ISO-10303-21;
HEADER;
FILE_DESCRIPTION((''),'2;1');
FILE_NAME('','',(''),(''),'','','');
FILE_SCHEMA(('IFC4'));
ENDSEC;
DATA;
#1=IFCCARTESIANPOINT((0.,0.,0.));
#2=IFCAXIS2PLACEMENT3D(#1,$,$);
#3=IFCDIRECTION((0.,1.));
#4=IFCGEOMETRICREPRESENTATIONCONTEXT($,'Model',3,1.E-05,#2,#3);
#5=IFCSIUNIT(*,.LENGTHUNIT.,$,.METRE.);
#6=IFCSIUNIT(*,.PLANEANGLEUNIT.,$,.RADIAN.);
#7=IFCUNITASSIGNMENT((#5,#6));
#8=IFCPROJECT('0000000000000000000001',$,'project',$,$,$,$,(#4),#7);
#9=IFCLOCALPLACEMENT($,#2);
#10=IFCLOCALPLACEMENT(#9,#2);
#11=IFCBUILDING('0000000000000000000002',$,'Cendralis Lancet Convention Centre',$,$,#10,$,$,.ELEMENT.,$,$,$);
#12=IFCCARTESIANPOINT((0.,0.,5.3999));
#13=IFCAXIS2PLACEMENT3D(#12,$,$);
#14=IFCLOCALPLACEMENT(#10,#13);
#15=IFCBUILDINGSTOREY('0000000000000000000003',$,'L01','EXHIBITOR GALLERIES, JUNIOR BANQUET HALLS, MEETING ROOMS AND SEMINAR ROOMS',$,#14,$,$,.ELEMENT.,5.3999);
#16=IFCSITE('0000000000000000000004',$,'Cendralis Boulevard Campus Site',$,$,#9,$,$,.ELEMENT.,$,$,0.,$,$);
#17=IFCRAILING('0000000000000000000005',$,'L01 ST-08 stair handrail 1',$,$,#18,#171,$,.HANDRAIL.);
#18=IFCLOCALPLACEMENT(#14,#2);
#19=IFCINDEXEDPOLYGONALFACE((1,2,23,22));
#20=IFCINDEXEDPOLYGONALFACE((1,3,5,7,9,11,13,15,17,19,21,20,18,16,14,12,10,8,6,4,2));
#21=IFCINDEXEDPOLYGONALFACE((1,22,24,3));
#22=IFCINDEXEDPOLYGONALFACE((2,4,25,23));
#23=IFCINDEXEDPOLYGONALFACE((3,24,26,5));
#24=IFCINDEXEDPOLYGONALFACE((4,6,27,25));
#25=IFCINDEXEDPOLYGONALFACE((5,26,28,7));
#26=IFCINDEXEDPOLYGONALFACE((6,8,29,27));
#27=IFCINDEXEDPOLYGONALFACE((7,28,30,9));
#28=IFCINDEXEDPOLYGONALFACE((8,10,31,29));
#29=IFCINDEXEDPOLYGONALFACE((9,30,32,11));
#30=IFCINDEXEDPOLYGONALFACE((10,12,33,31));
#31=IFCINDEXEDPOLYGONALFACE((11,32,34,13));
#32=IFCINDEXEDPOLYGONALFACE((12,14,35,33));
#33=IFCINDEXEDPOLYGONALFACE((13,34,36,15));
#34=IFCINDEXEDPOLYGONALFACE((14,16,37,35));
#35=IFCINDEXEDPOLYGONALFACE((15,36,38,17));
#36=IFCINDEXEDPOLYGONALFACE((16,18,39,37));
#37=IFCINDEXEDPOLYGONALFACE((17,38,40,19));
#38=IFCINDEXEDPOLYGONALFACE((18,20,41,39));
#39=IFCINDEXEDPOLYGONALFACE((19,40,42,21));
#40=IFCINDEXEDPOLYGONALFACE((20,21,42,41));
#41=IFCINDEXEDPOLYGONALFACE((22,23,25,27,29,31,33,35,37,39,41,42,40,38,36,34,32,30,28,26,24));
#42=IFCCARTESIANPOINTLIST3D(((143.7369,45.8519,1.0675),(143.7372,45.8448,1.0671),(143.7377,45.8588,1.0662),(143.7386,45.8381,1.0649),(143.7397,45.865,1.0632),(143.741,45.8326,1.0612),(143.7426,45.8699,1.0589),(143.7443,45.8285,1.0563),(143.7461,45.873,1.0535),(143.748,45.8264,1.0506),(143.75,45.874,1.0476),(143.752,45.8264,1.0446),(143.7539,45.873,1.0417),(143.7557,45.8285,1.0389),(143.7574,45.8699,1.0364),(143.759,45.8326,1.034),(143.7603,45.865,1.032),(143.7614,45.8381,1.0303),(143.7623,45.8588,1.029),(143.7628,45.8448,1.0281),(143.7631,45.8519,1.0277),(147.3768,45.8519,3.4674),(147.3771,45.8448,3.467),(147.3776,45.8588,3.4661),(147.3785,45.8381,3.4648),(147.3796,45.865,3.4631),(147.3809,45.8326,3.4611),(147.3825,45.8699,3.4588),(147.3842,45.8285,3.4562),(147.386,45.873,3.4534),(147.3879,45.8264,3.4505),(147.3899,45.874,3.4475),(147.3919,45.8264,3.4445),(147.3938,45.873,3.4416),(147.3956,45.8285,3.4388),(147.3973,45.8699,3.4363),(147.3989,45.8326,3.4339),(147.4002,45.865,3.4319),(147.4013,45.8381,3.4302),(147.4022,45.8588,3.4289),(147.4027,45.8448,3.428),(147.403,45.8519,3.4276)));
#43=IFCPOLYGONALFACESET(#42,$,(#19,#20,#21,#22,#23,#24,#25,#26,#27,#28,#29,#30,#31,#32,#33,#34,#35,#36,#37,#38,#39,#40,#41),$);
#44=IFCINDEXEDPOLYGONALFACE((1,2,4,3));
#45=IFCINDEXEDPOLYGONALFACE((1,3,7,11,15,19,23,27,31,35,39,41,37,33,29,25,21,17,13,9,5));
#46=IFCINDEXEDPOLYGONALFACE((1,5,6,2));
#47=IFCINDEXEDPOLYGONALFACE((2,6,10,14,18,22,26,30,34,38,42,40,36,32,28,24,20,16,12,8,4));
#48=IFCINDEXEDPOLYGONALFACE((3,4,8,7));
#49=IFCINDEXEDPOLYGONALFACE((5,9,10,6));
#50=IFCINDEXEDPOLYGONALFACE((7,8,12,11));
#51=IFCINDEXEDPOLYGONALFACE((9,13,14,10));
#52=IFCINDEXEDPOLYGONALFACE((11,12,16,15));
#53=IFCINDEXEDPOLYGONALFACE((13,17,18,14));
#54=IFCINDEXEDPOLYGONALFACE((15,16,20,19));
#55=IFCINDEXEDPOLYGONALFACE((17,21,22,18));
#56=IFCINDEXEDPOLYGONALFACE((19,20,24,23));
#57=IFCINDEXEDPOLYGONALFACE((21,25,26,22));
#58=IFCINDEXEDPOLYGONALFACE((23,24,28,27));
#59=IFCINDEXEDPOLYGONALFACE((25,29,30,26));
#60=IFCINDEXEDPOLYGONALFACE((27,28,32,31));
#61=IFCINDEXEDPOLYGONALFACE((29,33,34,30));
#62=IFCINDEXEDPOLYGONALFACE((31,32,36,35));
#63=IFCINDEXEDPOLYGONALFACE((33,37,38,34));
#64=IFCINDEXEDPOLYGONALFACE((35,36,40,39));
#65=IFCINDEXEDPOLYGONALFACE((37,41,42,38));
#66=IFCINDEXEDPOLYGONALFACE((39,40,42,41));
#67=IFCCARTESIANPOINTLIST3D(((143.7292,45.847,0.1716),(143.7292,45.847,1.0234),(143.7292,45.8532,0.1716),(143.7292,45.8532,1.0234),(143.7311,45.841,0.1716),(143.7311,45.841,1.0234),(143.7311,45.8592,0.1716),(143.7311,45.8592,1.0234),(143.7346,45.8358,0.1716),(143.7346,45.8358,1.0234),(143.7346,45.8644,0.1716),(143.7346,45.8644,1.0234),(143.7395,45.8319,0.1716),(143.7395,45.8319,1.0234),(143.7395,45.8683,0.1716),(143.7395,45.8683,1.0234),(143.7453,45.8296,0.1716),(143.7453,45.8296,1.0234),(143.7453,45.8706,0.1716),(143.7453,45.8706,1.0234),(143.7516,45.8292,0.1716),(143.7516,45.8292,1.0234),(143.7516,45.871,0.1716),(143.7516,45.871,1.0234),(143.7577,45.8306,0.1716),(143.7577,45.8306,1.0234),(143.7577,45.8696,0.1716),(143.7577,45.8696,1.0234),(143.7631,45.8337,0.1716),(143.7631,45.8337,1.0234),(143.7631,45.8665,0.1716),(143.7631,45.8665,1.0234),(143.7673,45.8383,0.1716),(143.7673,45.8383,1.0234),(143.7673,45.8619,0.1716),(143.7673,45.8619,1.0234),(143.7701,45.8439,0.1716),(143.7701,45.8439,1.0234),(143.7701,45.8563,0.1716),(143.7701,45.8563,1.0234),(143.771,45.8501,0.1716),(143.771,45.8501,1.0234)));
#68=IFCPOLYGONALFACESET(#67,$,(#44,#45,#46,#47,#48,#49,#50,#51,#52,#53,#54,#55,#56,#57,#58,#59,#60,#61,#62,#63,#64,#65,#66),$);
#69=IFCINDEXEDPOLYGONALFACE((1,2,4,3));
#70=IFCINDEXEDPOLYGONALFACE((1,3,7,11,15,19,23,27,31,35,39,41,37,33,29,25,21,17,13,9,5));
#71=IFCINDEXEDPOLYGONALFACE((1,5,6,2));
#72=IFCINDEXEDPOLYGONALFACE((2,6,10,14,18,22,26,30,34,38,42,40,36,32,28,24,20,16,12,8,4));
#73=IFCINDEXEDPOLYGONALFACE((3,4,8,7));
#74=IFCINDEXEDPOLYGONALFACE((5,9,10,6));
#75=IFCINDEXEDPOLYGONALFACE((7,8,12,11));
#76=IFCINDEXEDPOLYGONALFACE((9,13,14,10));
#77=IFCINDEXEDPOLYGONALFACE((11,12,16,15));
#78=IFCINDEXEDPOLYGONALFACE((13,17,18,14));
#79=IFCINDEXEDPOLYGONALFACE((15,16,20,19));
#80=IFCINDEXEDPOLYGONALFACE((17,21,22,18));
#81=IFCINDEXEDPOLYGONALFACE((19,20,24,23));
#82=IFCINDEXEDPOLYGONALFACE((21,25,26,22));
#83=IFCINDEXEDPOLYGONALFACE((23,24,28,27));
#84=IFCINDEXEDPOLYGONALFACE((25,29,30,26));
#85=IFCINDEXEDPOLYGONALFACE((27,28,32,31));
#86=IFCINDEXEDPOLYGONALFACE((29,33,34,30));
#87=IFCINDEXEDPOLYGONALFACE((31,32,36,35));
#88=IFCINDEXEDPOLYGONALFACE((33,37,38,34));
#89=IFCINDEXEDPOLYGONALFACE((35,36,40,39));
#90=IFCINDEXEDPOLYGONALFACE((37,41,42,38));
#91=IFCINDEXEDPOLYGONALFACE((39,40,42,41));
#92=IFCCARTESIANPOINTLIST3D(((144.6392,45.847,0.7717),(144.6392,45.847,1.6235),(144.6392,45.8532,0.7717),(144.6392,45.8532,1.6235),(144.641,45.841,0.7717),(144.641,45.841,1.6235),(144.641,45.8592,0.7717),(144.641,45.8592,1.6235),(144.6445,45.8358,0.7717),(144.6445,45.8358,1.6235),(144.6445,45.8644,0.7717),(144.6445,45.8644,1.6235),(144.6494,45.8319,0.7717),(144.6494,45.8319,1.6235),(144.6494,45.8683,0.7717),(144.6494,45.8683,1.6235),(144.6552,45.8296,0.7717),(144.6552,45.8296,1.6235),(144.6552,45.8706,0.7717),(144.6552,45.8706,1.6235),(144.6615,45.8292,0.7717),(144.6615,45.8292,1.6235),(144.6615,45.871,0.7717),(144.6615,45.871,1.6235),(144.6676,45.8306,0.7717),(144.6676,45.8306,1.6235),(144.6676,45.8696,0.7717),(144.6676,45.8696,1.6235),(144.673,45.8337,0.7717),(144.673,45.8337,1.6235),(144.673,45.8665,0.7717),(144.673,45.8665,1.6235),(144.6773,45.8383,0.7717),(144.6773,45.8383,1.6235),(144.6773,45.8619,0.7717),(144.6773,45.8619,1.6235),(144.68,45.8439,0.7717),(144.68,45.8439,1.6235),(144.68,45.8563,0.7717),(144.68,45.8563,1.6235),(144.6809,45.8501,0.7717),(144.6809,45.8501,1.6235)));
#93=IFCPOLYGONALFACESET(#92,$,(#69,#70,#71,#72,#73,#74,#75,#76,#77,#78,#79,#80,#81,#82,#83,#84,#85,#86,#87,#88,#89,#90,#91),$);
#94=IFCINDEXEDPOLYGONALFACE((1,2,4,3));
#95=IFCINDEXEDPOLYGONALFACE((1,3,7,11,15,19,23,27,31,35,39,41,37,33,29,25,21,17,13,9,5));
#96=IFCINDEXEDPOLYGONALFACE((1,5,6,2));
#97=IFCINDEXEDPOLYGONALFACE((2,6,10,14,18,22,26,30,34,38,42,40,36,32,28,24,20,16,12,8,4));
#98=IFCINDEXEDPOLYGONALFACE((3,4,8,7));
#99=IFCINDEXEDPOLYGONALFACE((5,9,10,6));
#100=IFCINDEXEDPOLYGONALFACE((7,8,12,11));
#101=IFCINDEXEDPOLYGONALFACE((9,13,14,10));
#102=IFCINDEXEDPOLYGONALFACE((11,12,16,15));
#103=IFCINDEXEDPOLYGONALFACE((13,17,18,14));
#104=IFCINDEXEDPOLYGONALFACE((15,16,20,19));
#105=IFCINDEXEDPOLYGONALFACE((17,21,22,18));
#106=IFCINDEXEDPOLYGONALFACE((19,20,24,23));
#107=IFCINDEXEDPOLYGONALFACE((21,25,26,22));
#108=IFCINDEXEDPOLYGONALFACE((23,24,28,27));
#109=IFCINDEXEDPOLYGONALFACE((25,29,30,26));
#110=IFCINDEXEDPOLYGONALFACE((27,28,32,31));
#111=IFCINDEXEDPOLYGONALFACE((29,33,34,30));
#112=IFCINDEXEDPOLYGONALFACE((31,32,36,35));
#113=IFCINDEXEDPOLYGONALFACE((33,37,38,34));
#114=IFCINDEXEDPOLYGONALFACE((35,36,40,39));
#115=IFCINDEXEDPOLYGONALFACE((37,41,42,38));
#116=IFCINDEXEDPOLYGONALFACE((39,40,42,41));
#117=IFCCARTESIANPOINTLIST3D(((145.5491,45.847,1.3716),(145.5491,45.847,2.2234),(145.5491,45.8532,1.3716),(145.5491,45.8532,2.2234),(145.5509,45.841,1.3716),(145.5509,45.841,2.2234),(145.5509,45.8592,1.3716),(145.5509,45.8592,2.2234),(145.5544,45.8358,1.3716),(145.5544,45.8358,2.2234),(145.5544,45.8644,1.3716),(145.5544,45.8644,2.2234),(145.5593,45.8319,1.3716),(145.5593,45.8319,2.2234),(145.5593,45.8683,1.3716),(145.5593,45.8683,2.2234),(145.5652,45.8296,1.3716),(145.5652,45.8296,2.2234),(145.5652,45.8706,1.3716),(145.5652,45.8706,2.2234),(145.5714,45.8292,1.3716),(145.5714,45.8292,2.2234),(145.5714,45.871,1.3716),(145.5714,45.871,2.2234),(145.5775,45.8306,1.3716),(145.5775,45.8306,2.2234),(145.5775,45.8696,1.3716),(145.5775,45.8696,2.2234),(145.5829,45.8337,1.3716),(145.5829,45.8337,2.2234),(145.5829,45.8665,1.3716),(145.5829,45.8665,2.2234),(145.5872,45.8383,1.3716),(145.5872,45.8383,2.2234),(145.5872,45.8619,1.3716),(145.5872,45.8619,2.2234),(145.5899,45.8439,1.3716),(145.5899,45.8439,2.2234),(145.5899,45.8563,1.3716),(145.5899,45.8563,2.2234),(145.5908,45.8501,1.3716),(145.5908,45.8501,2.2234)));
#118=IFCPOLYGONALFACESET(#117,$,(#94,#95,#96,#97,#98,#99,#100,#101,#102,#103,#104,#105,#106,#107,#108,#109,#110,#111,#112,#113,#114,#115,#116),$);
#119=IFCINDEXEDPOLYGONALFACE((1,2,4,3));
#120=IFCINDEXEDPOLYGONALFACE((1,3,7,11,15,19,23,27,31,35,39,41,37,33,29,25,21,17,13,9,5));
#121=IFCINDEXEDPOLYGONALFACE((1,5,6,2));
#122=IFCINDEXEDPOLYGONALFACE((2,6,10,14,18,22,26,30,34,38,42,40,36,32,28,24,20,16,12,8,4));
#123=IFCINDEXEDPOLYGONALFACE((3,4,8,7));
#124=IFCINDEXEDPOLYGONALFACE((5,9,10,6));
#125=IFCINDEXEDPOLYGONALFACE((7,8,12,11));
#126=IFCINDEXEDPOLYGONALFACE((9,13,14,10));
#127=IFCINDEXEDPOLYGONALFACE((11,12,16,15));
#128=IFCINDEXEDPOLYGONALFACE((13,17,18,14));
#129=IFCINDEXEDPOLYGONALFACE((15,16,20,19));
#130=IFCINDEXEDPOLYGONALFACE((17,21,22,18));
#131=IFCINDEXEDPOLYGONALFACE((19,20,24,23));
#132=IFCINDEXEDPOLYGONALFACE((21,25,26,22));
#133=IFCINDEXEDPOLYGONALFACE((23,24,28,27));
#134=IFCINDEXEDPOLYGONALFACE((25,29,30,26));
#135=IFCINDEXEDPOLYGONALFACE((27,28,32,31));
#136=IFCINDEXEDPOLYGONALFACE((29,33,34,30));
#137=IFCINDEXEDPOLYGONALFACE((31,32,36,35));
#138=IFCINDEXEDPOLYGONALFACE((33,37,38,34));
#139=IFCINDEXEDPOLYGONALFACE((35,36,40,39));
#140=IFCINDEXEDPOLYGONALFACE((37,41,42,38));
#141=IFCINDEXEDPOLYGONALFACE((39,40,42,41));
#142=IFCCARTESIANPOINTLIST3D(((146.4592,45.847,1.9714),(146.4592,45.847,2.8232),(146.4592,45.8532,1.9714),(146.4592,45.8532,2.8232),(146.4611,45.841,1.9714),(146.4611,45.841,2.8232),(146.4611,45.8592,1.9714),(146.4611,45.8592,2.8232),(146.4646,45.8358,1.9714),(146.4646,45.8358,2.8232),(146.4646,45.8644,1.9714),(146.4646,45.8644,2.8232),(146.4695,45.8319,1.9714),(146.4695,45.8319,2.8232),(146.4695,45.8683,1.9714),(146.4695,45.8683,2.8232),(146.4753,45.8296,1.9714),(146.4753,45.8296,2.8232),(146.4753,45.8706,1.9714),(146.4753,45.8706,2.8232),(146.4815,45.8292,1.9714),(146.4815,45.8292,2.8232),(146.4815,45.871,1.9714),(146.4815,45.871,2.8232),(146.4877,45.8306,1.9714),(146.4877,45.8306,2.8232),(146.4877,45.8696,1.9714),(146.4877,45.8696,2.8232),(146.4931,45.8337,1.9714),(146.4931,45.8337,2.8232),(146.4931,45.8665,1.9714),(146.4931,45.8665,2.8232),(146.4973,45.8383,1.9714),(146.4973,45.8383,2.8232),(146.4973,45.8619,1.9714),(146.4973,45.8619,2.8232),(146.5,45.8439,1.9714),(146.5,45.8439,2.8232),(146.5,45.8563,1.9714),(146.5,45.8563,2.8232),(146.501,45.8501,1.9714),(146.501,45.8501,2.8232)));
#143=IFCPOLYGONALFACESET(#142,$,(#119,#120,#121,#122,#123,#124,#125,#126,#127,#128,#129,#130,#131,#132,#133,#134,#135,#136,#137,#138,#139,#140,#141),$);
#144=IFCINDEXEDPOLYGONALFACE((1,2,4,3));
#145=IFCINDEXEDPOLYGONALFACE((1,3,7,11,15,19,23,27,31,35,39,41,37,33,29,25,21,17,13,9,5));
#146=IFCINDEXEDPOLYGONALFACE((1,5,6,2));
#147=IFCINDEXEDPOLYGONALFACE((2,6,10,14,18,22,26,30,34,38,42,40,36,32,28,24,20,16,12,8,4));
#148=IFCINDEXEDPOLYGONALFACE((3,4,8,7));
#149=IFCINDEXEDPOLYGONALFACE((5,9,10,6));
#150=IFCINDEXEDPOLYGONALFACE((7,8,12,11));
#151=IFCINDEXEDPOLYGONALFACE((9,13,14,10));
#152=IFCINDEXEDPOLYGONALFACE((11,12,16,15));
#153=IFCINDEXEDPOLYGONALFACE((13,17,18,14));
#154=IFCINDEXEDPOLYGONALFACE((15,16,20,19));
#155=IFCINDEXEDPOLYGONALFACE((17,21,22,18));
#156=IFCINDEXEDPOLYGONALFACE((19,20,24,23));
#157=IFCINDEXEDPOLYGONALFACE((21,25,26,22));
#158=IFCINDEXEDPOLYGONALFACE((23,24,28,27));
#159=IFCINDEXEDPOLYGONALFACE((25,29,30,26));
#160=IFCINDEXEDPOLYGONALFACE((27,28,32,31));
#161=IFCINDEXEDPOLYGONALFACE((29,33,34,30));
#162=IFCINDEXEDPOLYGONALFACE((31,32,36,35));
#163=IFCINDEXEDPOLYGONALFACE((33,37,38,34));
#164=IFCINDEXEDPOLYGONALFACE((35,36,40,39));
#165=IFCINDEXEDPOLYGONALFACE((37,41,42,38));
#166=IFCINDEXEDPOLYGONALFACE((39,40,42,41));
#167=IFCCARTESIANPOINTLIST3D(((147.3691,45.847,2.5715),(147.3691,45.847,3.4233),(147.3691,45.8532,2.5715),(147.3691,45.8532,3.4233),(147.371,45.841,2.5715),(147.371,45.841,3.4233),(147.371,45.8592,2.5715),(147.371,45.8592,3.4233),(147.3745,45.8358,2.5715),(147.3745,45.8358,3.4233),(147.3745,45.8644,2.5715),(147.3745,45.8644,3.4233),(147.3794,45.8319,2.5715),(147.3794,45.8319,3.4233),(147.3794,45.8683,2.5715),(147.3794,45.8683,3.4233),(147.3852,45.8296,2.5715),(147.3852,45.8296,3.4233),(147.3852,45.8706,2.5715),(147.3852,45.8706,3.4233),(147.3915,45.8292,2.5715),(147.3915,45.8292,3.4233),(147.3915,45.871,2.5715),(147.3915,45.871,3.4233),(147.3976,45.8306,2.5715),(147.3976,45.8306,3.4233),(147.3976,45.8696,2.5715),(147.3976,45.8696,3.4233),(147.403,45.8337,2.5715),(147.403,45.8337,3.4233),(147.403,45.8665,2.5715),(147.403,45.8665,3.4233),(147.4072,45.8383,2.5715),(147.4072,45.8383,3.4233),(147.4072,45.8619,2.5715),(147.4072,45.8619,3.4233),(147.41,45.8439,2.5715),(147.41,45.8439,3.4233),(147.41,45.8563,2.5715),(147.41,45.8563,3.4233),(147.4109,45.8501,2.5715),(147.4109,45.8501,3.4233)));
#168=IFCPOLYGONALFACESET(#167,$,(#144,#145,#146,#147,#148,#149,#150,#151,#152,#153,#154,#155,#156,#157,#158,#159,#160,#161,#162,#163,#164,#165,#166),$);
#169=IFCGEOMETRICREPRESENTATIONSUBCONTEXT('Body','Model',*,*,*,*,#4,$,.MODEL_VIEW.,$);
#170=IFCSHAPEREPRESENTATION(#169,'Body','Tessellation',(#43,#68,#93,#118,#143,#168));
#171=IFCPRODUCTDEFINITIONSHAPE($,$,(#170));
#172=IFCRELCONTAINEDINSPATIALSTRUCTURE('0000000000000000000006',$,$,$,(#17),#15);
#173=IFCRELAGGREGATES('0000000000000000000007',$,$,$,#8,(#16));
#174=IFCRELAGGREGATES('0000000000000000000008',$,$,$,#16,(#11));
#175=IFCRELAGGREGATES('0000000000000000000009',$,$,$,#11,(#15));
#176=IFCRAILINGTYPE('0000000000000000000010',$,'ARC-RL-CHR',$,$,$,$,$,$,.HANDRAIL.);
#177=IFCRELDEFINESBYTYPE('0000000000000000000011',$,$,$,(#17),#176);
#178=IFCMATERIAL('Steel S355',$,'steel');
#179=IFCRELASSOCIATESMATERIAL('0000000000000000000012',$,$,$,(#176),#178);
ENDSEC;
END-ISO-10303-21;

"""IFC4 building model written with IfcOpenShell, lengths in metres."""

from ifc_helpers import new_model, si_unit, direction, frame, origin, origin_2d, place, context, subcontext, project, spatial, circle, extrude, material, type_object, element, save


model = new_model("IFC4")

# Units and contexts
model_context = context("Model", 3, precision=1e-05, world=origin(), true_north=direction((0.0, 1.0)))
body_context = subcontext(model_context, "Body", "Model", "MODEL_VIEW")
ifc_project = project(units=[si_unit("LENGTHUNIT", "METRE"), si_unit("PLANEANGLEUNIT", "RADIAN")], contexts=[model_context])

# Site, building, storey
site_placement = place(None, origin())
site = spatial("IfcSite", under=ifc_project, at=site_placement, Name="Cendralis Boulevard Campus Site", CompositionType="ELEMENT", RefElevation=0.0)
building_placement = place(site_placement, origin())
building = spatial("IfcBuilding", under=site, at=building_placement, Name="Cendralis Lancet Convention Centre", CompositionType="ELEMENT")
storey_placement = place(building_placement, frame((0.0, 0.0, 5.3999)))
storey = spatial("IfcBuildingStorey", under=building, at=storey_placement, Name="L01", Description="EXHIBITOR GALLERIES, JUNIOR BANQUET HALLS, MEETING ROOMS AND SEMINAR ROOMS", CompositionType="ELEMENT", Elevation=5.3999)

# Shared definitions
ifc_material_1 = material(Name="Steel S355", Category="steel")

# Railing
railing_type_1 = type_object("IfcRailingType", Name="ARC-RL-CHR", PredefinedType="HANDRAIL", material=ifc_material_1)
railing_1_placement = place(storey_placement, frame((143.75, 45.8501, 0.1716)))
element("IfcRailing", 1, at=railing_1_placement, inside=storey, type_object=railing_type_1, Name="L01 ST-08 stair handrail 1", PredefinedType="HANDRAIL", context=body_context, shape_type="SweptSolid", body=[
    extrude(circle(Radius=0.0239, at=origin_2d()), frame((0.0, 0.0, 0.876), z_axis=(0.834865, 0.0, 0.550454), x_axis=(0.0, 1.0, 0.0)), (0.0, 0.0, 1.0), 4.3599),
    extrude(circle(Radius=0.021, at=origin_2d()), origin(), (0.0, 0.0, 1.0), 0.8518),
    extrude(circle(Radius=0.021, at=origin_2d()), frame((0.9099, 0.0, 0.6001)), (0.0, 0.0, 1.0), 0.8518),
    extrude(circle(Radius=0.021, at=origin_2d()), frame((1.8198, 0.0, 1.2)), (0.0, 0.0, 1.0), 0.8518),
    extrude(circle(Radius=0.021, at=origin_2d()), frame((2.73, 0.0, 1.7998)), (0.0, 0.0, 1.0), 0.8518),
    extrude(circle(Radius=0.021, at=origin_2d()), frame((3.6399, 0.0, 2.3999)), (0.0, 0.0, 1.0), 0.8518),
])

save(model, "model.ifc")
